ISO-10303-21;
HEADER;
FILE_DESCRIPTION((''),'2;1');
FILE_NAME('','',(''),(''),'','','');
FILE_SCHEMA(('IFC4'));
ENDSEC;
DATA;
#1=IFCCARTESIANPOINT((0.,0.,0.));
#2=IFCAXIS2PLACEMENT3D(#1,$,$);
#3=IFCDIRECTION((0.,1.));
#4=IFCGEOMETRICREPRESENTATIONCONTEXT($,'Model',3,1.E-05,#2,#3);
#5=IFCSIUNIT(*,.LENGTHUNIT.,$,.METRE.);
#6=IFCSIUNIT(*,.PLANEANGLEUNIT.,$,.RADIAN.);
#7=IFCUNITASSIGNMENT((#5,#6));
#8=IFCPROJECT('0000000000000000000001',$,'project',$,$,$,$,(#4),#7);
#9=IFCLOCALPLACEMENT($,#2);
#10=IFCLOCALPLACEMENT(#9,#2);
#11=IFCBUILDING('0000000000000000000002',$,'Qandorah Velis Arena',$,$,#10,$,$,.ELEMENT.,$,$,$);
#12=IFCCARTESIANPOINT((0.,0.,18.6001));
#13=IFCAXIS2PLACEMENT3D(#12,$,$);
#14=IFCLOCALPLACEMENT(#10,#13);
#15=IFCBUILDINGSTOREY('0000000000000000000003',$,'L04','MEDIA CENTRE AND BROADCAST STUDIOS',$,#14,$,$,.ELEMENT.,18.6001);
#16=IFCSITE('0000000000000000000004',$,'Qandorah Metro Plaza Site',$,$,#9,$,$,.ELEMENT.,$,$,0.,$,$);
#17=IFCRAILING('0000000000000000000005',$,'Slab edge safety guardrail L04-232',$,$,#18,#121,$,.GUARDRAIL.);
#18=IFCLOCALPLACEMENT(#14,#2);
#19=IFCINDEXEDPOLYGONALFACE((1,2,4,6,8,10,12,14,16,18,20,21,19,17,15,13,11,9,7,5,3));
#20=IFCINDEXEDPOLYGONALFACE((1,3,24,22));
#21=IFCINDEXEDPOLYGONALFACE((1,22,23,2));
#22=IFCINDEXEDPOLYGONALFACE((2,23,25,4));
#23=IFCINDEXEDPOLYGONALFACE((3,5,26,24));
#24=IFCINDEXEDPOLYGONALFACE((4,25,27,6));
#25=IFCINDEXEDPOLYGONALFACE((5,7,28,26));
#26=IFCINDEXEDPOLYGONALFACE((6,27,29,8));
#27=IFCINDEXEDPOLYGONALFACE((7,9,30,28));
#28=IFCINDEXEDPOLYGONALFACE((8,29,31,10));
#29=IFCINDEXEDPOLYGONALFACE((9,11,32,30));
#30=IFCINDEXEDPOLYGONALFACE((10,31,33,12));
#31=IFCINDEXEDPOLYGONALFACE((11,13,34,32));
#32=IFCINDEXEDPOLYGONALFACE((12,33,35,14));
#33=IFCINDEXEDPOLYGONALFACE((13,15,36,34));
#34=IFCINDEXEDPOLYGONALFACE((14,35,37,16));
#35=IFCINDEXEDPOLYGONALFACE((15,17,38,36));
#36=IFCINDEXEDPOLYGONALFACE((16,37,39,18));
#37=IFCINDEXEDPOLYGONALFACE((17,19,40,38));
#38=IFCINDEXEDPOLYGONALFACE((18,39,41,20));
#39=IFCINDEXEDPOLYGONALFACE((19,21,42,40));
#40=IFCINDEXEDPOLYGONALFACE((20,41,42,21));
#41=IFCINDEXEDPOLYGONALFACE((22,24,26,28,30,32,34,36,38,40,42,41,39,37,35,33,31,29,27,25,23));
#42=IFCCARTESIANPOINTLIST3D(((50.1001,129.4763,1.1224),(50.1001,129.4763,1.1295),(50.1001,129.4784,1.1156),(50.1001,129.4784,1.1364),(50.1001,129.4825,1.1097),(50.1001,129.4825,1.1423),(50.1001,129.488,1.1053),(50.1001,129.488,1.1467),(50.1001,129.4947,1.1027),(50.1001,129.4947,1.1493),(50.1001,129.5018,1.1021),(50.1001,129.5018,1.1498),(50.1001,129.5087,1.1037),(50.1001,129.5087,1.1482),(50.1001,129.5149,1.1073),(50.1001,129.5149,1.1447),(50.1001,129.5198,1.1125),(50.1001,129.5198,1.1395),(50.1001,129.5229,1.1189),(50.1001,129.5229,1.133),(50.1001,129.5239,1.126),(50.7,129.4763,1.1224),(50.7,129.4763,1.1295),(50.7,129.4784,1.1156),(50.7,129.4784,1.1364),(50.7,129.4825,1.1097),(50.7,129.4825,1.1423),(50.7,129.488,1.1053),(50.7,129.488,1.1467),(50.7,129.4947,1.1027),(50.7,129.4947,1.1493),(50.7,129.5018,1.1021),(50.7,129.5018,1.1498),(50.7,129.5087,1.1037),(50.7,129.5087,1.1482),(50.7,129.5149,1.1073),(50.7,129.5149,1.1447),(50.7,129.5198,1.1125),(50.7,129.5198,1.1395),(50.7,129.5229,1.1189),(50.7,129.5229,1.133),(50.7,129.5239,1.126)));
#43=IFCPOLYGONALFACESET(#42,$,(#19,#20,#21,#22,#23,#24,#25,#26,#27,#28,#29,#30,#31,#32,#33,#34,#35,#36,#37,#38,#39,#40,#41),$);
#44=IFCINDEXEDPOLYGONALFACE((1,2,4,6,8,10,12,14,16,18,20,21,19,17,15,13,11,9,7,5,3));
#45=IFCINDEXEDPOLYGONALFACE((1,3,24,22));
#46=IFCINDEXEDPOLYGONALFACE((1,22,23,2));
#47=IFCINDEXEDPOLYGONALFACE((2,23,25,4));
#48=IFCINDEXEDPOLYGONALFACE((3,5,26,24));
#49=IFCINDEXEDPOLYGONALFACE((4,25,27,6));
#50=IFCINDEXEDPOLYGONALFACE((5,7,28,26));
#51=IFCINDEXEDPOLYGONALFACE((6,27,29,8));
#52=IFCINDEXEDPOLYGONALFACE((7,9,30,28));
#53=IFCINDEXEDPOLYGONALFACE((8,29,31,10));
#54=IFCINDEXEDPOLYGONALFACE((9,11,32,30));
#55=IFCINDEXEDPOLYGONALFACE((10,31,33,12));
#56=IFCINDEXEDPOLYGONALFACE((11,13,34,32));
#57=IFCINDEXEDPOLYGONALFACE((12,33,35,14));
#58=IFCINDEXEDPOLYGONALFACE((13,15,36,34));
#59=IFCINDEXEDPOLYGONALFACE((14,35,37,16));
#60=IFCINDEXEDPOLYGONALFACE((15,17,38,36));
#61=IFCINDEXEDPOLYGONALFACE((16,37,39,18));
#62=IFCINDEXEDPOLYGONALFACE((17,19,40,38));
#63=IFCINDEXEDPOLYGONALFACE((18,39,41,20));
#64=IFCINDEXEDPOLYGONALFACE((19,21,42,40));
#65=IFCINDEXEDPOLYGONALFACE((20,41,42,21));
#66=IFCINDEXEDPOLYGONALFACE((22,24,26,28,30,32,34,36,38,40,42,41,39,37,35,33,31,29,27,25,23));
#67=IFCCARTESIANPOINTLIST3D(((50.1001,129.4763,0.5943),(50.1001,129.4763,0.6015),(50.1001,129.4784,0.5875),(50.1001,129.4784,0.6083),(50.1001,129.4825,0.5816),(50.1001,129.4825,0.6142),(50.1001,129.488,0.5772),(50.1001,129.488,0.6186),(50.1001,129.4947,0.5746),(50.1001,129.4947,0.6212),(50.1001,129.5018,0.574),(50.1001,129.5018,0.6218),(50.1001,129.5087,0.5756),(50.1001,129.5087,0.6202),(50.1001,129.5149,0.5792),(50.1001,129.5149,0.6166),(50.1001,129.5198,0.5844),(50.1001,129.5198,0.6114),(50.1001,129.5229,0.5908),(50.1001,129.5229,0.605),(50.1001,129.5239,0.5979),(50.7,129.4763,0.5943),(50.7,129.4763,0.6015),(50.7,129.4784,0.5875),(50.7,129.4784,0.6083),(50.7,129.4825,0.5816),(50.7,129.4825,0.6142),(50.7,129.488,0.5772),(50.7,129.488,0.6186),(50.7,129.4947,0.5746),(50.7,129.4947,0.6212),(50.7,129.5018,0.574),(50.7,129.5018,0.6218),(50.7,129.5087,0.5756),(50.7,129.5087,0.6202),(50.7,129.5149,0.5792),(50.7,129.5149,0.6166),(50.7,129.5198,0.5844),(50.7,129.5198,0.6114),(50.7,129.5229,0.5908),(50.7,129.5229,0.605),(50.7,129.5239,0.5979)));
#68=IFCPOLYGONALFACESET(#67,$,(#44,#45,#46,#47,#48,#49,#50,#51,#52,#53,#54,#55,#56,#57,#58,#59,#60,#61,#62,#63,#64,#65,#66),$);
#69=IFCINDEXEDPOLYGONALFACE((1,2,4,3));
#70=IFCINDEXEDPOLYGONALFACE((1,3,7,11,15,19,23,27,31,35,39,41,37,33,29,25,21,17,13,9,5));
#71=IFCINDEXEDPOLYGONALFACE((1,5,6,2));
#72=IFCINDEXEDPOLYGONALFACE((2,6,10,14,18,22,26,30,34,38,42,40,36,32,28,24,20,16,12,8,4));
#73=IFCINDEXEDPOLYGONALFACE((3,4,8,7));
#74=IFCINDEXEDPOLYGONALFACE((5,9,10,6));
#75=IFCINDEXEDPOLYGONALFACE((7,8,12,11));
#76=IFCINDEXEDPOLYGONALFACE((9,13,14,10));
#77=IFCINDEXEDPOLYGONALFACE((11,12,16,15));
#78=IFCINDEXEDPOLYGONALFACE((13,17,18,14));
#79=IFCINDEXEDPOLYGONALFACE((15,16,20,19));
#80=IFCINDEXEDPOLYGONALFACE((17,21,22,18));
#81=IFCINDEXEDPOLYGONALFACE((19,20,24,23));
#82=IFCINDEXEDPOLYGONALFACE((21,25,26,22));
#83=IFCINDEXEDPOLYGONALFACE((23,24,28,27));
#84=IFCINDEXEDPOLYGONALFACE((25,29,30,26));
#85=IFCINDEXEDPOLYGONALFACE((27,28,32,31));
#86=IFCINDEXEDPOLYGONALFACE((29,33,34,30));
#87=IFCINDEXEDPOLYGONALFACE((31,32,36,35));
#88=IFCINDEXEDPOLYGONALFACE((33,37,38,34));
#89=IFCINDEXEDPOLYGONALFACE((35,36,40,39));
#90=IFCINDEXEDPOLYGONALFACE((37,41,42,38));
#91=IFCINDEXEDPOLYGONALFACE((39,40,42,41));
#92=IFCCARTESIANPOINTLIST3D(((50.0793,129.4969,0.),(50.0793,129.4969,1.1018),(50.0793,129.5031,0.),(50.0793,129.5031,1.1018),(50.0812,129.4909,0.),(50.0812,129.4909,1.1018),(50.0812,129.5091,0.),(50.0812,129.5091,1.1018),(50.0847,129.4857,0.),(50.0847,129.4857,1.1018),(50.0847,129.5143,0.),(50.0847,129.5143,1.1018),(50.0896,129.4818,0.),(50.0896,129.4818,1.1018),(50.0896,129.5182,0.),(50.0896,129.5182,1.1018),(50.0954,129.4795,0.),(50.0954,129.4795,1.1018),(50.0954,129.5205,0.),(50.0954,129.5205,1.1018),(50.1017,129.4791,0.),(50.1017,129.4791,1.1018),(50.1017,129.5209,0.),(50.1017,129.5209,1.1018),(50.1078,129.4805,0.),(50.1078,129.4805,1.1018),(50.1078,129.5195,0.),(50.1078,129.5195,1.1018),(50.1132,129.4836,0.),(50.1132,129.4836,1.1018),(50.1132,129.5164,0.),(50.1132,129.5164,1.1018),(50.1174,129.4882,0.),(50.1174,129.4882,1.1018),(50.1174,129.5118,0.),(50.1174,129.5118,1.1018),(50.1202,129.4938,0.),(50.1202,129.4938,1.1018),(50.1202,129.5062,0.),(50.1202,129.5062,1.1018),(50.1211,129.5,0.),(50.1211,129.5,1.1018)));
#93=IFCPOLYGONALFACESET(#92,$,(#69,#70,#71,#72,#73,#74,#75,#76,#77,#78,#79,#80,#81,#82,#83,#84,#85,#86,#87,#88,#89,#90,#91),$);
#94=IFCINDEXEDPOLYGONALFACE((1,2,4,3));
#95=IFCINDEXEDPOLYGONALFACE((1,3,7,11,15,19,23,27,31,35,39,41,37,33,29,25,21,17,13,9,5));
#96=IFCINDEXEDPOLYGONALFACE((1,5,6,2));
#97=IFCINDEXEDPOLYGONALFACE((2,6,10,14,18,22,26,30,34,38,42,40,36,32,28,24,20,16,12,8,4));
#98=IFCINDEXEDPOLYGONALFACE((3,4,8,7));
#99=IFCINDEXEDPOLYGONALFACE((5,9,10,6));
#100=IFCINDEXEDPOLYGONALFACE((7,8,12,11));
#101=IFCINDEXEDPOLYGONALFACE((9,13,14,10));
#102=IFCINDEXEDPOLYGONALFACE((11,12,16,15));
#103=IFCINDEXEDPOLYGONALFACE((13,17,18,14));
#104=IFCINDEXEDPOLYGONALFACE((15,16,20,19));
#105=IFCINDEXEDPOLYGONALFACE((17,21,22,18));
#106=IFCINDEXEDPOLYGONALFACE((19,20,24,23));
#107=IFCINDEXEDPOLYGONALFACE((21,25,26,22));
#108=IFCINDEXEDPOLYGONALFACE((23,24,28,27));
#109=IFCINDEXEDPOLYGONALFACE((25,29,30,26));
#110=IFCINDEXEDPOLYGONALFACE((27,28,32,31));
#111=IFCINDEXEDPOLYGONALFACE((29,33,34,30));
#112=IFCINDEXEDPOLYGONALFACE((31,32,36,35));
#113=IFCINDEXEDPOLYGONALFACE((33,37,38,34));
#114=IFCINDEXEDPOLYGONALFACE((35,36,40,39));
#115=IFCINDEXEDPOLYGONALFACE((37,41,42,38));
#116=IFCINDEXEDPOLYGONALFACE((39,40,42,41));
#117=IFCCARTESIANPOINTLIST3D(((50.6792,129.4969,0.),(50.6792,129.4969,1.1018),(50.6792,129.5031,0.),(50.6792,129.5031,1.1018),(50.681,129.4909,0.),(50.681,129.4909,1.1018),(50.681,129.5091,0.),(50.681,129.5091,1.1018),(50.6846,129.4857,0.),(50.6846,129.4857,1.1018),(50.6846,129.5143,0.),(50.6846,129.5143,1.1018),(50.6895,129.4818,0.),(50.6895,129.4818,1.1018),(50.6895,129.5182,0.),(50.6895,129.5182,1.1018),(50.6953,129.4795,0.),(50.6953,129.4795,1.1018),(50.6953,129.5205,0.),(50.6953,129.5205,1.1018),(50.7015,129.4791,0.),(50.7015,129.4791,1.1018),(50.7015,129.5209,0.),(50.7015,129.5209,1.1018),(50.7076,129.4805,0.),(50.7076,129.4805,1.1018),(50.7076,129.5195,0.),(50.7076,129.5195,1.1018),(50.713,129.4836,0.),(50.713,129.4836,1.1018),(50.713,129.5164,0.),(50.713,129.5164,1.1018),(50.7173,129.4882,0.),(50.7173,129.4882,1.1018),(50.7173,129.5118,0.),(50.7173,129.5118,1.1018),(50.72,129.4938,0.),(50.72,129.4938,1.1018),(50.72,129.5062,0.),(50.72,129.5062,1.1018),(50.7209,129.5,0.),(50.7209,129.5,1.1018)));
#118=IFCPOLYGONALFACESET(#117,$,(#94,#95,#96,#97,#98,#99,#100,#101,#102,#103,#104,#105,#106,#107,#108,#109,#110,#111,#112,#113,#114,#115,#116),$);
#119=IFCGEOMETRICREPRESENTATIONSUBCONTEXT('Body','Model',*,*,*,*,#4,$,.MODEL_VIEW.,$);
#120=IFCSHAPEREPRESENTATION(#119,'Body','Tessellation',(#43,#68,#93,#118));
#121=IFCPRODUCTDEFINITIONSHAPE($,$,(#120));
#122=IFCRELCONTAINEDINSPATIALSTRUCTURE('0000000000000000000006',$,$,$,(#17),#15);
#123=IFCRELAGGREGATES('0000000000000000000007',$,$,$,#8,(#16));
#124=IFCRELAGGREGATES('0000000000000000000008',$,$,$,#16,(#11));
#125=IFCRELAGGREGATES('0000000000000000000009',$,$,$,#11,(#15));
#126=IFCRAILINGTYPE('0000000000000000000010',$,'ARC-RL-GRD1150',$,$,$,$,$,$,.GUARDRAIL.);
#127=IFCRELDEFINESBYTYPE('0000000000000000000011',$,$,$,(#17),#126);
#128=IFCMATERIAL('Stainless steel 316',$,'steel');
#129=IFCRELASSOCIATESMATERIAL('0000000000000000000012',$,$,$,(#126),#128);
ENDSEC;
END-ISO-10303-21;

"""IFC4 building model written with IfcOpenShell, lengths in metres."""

from ifc_helpers import new_model, si_unit, direction, frame, origin, origin_2d, place, context, subcontext, project, spatial, circle, extrude, material, type_object, element, save


model = new_model("IFC4")

# Units and contexts
model_context = context("Model", 3, precision=1e-05, world=origin(), true_north=direction((0.0, 1.0)))
body_context = subcontext(model_context, "Body", "Model", "MODEL_VIEW")
ifc_project = project(units=[si_unit("LENGTHUNIT", "METRE"), si_unit("PLANEANGLEUNIT", "RADIAN")], contexts=[model_context])

# Site, building, storey
site_placement = place(None, origin())
site = spatial("IfcSite", under=ifc_project, at=site_placement, Name="Qandorah Metro Plaza Site", CompositionType="ELEMENT", RefElevation=0.0)
building_placement = place(site_placement, origin())
building = spatial("IfcBuilding", under=site, at=building_placement, Name="Qandorah Velis Arena", CompositionType="ELEMENT")
storey_placement = place(building_placement, frame((0.0, 0.0, 18.6001)))
storey = spatial("IfcBuildingStorey", under=building, at=storey_placement, Name="L04", Description="MEDIA CENTRE AND BROADCAST STUDIOS", CompositionType="ELEMENT", Elevation=18.6001)

# Railing
ifc_material_1 = material(Name="Stainless steel 316", Category="steel")
railing_type = type_object("IfcRailingType", Name="ARC-RL-GRD1150", PredefinedType="GUARDRAIL", material=ifc_material_1)
for number, where, name in (
    (1, (50.1001, 129.5, 0.0), "Slab edge safety guardrail L04-232"),
):
    element("IfcRailing", number, at=place(storey_placement, frame(where)), inside=storey, type_object=railing_type, Name=name, PredefinedType="GUARDRAIL", context=body_context, shape_type="SweptSolid", body=[
        extrude(circle(Radius=0.0239, at=origin_2d()), frame((0.0, 0.0, 1.126), z_axis=(1.0, 0.0, 0.0), x_axis=(0.0, 1.0, 0.0)), (0.0, 0.0, 1.0), 0.5999),
        extrude(circle(Radius=0.0239, at=origin_2d()), frame((0.0, 0.0, 0.5979), z_axis=(1.0, 0.0, 0.0), x_axis=(0.0, 1.0, 0.0)), (0.0, 0.0, 1.0), 0.5999),
        extrude(circle(Radius=0.021, at=origin_2d()), origin(), (0.0, 0.0, 1.0), 1.1018),
        extrude(circle(Radius=0.021, at=origin_2d()), frame((0.5999, 0.0, 0.0)), (0.0, 0.0, 1.0), 1.1018),
    ])

save(model, "model.ifc")
